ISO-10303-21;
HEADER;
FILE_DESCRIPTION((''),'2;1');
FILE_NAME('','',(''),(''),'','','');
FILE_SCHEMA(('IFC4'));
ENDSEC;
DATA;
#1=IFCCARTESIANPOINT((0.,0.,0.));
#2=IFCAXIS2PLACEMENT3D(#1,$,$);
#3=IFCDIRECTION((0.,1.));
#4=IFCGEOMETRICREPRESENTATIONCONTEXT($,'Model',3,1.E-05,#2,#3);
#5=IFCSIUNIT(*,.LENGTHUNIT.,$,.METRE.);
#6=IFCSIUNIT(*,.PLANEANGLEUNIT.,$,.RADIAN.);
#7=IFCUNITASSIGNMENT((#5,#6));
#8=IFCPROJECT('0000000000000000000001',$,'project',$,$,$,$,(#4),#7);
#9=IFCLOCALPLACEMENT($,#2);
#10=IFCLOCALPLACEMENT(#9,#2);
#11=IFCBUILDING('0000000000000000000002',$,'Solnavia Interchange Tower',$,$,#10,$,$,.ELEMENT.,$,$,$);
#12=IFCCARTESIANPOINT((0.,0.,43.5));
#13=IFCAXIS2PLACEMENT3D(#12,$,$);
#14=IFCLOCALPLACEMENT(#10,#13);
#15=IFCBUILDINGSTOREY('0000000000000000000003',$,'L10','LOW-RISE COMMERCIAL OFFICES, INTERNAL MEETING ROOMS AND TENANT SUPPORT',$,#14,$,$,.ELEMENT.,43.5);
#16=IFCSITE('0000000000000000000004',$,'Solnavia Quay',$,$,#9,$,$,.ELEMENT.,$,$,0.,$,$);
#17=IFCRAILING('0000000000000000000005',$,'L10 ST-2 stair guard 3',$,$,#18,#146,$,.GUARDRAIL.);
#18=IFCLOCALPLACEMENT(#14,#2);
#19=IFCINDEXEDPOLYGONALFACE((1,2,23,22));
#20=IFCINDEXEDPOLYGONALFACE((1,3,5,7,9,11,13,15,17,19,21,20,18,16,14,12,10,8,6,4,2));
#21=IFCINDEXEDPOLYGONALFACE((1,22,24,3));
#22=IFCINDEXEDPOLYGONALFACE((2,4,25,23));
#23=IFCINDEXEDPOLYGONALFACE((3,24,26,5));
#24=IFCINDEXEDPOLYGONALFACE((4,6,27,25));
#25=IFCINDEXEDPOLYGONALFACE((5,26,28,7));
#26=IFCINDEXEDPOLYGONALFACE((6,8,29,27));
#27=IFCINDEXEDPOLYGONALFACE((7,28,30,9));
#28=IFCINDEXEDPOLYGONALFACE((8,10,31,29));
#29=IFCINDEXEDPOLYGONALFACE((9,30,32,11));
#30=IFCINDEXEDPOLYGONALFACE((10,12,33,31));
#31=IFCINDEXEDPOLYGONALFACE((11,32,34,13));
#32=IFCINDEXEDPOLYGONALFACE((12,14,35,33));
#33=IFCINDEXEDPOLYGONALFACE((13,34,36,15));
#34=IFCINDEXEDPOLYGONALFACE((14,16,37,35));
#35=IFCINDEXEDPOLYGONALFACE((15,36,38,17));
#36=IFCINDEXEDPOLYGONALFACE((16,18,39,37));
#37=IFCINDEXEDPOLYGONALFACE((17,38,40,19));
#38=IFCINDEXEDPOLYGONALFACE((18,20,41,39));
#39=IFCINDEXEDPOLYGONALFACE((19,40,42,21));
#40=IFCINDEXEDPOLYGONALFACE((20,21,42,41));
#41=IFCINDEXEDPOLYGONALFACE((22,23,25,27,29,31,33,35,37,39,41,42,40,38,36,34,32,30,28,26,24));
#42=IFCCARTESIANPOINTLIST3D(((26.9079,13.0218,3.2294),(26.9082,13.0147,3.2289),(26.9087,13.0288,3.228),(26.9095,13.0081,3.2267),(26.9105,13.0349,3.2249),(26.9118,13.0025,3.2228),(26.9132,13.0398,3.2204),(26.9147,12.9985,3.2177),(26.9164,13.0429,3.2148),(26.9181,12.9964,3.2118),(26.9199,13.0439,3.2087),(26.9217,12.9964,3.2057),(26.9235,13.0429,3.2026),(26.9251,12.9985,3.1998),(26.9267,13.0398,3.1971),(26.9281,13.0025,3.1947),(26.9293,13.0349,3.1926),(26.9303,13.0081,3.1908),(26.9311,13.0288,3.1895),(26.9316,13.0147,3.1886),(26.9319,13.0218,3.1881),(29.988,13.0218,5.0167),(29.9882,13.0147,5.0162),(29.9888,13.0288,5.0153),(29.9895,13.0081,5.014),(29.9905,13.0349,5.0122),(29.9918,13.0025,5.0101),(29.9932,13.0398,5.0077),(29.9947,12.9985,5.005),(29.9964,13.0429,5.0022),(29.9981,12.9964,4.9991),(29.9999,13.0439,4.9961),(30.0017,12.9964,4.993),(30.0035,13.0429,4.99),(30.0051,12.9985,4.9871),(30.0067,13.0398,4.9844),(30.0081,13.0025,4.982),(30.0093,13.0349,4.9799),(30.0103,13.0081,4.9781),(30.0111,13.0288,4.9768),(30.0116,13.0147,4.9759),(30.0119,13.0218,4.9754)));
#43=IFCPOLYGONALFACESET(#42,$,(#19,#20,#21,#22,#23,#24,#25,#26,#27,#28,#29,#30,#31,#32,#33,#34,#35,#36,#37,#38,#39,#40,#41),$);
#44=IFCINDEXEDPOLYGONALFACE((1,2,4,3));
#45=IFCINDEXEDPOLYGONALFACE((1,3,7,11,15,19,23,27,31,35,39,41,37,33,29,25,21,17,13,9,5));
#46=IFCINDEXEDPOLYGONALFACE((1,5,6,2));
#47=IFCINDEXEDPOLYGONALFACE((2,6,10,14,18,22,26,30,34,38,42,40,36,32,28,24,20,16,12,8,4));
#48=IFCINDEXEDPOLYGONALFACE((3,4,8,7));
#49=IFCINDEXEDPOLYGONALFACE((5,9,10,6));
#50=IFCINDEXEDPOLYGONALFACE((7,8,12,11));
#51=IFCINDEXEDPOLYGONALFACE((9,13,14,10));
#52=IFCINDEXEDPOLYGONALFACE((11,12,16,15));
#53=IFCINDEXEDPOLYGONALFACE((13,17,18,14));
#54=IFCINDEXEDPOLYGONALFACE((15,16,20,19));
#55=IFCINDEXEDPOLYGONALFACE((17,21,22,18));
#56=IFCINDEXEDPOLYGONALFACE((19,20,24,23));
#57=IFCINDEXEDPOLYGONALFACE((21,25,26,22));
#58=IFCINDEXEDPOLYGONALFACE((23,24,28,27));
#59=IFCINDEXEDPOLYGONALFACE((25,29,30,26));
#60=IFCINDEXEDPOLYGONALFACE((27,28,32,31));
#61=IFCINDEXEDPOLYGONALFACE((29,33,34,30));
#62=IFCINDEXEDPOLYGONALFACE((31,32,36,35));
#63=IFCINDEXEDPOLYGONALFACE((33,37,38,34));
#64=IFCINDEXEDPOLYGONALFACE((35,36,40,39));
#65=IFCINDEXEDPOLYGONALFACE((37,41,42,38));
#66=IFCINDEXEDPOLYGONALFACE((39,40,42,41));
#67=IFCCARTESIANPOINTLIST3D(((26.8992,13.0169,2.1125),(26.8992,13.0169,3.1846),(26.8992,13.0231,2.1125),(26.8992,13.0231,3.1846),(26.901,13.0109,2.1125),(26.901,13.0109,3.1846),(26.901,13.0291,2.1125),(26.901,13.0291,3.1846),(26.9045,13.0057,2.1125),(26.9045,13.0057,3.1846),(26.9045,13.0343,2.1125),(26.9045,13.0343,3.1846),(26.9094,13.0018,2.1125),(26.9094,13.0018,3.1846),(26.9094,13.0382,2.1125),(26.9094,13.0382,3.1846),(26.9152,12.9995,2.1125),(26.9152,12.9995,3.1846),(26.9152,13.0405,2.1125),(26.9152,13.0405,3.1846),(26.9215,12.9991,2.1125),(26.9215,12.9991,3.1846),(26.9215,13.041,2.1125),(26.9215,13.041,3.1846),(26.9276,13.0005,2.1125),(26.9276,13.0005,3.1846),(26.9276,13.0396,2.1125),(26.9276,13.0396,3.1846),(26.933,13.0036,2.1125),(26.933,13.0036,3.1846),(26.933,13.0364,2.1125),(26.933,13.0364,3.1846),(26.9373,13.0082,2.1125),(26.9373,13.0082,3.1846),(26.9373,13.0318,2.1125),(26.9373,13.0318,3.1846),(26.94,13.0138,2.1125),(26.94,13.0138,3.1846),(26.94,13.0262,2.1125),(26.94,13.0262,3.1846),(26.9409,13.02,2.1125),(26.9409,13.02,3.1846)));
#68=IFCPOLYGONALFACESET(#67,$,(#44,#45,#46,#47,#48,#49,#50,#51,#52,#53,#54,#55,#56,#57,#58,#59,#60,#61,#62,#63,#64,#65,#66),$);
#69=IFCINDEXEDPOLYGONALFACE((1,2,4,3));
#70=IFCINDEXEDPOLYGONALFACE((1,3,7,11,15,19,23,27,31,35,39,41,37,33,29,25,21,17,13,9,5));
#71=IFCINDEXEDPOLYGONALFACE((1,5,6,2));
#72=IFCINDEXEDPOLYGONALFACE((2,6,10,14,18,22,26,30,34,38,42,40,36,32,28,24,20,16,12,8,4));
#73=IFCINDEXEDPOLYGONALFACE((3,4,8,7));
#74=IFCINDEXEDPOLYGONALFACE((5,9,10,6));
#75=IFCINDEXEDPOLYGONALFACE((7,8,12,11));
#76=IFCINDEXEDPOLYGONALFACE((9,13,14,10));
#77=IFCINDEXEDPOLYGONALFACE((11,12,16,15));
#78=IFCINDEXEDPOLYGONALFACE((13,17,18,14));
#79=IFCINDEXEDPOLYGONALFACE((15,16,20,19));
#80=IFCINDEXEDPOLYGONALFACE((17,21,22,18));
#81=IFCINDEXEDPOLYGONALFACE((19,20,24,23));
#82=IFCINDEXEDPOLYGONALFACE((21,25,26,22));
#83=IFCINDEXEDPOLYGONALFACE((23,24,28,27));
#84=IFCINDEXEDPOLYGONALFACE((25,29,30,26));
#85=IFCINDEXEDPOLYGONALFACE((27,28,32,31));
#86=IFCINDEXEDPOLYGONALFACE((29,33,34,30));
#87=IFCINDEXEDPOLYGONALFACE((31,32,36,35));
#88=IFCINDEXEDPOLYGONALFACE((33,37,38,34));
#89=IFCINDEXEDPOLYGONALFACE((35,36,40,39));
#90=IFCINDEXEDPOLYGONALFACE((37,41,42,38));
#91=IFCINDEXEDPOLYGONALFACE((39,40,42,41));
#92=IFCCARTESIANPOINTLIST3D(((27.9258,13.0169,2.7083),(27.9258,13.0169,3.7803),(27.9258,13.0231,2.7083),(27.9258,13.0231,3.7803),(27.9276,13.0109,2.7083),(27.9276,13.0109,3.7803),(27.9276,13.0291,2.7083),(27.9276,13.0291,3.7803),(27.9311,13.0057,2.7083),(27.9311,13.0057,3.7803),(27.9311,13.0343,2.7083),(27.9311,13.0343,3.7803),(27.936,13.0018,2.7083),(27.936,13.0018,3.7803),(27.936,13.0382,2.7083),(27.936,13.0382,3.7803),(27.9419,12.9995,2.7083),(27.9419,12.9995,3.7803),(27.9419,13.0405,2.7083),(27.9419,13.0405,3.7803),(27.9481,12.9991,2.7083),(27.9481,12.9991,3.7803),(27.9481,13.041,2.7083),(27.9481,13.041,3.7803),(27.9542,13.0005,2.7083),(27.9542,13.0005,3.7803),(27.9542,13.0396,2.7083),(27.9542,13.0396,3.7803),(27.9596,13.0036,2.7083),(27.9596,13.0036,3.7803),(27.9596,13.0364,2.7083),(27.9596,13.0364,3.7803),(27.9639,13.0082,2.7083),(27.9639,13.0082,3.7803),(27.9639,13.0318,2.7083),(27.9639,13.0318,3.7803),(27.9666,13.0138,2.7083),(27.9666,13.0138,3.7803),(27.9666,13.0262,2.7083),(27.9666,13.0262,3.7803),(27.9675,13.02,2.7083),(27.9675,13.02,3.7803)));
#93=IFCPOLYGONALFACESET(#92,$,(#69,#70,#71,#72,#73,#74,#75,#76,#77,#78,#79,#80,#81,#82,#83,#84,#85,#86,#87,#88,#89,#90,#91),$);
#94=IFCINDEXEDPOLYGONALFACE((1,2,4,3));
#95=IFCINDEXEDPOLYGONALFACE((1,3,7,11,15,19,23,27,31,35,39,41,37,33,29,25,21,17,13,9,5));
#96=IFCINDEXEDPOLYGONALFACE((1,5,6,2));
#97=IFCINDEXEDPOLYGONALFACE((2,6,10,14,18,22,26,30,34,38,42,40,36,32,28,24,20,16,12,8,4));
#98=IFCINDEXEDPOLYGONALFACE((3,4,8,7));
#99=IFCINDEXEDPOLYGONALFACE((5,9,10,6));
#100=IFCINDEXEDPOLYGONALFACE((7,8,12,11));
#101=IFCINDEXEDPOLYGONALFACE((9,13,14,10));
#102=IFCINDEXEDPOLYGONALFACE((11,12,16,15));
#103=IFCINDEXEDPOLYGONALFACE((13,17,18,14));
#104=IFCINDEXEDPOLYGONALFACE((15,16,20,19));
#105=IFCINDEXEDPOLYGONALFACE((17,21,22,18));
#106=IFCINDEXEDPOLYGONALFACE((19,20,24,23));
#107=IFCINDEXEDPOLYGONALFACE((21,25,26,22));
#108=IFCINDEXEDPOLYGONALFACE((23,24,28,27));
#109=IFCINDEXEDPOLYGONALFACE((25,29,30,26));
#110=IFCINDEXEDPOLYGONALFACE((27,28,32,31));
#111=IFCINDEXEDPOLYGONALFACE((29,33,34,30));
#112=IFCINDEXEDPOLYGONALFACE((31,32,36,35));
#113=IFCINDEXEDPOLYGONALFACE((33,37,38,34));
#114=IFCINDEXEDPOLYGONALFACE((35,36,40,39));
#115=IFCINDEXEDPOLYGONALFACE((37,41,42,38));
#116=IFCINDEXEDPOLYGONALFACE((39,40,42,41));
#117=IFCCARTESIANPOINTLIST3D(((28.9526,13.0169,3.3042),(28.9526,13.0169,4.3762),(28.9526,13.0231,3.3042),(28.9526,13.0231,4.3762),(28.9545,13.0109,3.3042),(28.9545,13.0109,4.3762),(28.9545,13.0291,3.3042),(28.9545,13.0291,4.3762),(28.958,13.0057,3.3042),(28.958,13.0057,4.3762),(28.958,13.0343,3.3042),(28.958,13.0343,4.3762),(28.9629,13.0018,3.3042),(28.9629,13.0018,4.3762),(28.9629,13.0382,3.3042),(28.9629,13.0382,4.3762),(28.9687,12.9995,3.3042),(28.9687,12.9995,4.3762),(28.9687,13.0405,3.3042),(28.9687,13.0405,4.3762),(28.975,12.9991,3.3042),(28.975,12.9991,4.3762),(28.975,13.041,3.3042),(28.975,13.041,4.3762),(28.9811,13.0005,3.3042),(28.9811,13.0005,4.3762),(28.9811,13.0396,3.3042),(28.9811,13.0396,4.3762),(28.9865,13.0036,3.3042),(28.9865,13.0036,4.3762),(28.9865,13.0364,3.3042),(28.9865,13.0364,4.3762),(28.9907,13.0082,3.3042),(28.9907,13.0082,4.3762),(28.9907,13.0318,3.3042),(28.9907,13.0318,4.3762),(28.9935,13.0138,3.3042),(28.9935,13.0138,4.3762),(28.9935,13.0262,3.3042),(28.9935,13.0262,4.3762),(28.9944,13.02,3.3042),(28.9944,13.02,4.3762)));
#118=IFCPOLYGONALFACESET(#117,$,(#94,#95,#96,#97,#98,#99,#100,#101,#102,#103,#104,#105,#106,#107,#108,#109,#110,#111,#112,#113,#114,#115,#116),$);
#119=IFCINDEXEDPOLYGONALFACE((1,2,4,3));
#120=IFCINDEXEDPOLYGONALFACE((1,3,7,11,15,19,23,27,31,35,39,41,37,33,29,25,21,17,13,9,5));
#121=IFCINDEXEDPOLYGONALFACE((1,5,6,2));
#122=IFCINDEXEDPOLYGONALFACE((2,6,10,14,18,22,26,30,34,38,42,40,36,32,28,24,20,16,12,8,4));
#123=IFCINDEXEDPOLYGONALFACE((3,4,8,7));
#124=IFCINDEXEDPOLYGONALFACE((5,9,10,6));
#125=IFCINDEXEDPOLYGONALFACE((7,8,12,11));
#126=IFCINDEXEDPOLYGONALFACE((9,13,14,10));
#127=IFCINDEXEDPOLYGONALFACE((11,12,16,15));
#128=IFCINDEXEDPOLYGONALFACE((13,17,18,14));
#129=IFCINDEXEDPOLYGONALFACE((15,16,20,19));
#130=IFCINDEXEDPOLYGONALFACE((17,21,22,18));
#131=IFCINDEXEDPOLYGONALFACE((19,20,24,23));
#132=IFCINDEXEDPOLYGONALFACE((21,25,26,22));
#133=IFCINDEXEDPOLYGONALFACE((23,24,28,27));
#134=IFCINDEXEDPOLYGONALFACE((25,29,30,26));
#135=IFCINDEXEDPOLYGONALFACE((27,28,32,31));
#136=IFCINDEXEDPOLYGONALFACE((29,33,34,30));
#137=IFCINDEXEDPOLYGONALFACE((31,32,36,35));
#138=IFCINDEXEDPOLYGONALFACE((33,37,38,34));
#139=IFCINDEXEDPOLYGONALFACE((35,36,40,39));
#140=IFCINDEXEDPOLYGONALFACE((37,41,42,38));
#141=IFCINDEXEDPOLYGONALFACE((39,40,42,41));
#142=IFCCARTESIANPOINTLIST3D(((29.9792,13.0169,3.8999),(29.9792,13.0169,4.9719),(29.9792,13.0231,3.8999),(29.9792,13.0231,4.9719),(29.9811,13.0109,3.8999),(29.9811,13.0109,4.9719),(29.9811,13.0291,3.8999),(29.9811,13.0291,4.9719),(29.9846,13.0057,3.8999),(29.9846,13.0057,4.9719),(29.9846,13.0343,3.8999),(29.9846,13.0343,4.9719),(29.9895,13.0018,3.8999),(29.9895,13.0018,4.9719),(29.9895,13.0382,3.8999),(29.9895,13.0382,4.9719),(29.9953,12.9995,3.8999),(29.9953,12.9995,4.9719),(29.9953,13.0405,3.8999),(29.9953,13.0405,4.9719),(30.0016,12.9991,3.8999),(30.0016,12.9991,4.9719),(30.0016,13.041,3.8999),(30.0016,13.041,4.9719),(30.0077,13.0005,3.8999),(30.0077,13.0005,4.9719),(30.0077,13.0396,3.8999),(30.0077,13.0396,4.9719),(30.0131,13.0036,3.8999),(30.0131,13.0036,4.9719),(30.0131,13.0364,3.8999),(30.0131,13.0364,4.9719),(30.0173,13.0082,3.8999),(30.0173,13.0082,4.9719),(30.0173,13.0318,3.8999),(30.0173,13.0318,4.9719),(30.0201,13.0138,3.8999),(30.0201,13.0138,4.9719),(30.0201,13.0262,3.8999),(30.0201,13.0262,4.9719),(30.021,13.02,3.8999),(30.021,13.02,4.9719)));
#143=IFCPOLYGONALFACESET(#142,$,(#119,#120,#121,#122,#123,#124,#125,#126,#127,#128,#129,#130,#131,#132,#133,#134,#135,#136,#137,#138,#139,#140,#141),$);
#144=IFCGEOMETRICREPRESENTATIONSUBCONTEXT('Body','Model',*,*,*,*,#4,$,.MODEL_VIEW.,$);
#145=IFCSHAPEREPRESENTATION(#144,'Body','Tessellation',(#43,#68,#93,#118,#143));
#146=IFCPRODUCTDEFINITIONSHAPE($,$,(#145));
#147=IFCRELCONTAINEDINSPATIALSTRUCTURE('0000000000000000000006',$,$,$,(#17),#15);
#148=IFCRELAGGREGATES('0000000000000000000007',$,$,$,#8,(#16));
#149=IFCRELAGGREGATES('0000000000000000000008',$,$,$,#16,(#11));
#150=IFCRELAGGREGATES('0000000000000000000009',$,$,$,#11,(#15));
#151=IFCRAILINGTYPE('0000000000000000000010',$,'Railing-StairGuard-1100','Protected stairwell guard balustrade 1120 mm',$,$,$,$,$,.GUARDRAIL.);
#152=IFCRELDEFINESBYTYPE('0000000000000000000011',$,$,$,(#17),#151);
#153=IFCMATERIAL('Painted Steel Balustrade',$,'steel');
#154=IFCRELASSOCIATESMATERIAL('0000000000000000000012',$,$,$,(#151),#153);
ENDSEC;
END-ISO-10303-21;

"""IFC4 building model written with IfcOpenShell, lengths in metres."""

from ifc_helpers import new_model, si_unit, direction, frame, origin, origin_2d, place, context, subcontext, project, spatial, circle, extrude, material, type_object, element, save


model = new_model("IFC4")

# Units and contexts
model_context = context("Model", 3, precision=1e-05, world=origin(), true_north=direction((0.0, 1.0)))
body_context = subcontext(model_context, "Body", "Model", "MODEL_VIEW")
ifc_project = project(units=[si_unit("LENGTHUNIT", "METRE"), si_unit("PLANEANGLEUNIT", "RADIAN")], contexts=[model_context])

# Site, building, storey
site_placement = place(None, origin())
site = spatial("IfcSite", under=ifc_project, at=site_placement, Name="Solnavia Quay", CompositionType="ELEMENT", RefElevation=0.0)
building_placement = place(site_placement, origin())
building = spatial("IfcBuilding", under=site, at=building_placement, Name="Solnavia Interchange Tower", CompositionType="ELEMENT")
storey_placement = place(building_placement, frame((0.0, 0.0, 43.5)))
storey = spatial("IfcBuildingStorey", under=building, at=storey_placement, Name="L10", Description="LOW-RISE COMMERCIAL OFFICES, INTERNAL MEETING ROOMS AND TENANT SUPPORT", CompositionType="ELEMENT", Elevation=43.5)

# Railing
ifc_material_1 = material(Name="Painted Steel Balustrade", Category="steel")
railing_type_1 = type_object("IfcRailingType", Name="Railing-StairGuard-1100", Description="Protected stairwell guard balustrade 1120 mm", PredefinedType="GUARDRAIL", material=ifc_material_1)
railing_1_placement = place(storey_placement, frame((26.9199, 13.02, 2.1125)))
element("IfcRailing", 1, at=railing_1_placement, inside=storey, type_object=railing_type_1, Name="L10 ST-2 stair guard 3", PredefinedType="GUARDRAIL", context=body_context, shape_type="SweptSolid", body=[
    extrude(circle(Radius=0.0239, at=origin_2d()), frame((0.0, 0.0, 1.0962), z_axis=(0.86492, 0.0, 0.501909), x_axis=(0.0, 1.0, 0.0)), (0.0, 0.0, 1.0), 3.561),
    extrude(circle(Radius=0.021, at=origin_2d()), origin(), (0.0, 0.0, 1.0), 1.072),
    extrude(circle(Radius=0.021, at=origin_2d()), frame((1.0266, 0.0, 0.5957)), (0.0, 0.0, 1.0), 1.072),
    extrude(circle(Radius=0.021, at=origin_2d()), frame((2.0535, 0.0, 1.1917)), (0.0, 0.0, 1.0), 1.072),
    extrude(circle(Radius=0.021, at=origin_2d()), frame((3.0801, 0.0, 1.7874)), (0.0, 0.0, 1.0), 1.072),
])

save(model, "model.ifc")
